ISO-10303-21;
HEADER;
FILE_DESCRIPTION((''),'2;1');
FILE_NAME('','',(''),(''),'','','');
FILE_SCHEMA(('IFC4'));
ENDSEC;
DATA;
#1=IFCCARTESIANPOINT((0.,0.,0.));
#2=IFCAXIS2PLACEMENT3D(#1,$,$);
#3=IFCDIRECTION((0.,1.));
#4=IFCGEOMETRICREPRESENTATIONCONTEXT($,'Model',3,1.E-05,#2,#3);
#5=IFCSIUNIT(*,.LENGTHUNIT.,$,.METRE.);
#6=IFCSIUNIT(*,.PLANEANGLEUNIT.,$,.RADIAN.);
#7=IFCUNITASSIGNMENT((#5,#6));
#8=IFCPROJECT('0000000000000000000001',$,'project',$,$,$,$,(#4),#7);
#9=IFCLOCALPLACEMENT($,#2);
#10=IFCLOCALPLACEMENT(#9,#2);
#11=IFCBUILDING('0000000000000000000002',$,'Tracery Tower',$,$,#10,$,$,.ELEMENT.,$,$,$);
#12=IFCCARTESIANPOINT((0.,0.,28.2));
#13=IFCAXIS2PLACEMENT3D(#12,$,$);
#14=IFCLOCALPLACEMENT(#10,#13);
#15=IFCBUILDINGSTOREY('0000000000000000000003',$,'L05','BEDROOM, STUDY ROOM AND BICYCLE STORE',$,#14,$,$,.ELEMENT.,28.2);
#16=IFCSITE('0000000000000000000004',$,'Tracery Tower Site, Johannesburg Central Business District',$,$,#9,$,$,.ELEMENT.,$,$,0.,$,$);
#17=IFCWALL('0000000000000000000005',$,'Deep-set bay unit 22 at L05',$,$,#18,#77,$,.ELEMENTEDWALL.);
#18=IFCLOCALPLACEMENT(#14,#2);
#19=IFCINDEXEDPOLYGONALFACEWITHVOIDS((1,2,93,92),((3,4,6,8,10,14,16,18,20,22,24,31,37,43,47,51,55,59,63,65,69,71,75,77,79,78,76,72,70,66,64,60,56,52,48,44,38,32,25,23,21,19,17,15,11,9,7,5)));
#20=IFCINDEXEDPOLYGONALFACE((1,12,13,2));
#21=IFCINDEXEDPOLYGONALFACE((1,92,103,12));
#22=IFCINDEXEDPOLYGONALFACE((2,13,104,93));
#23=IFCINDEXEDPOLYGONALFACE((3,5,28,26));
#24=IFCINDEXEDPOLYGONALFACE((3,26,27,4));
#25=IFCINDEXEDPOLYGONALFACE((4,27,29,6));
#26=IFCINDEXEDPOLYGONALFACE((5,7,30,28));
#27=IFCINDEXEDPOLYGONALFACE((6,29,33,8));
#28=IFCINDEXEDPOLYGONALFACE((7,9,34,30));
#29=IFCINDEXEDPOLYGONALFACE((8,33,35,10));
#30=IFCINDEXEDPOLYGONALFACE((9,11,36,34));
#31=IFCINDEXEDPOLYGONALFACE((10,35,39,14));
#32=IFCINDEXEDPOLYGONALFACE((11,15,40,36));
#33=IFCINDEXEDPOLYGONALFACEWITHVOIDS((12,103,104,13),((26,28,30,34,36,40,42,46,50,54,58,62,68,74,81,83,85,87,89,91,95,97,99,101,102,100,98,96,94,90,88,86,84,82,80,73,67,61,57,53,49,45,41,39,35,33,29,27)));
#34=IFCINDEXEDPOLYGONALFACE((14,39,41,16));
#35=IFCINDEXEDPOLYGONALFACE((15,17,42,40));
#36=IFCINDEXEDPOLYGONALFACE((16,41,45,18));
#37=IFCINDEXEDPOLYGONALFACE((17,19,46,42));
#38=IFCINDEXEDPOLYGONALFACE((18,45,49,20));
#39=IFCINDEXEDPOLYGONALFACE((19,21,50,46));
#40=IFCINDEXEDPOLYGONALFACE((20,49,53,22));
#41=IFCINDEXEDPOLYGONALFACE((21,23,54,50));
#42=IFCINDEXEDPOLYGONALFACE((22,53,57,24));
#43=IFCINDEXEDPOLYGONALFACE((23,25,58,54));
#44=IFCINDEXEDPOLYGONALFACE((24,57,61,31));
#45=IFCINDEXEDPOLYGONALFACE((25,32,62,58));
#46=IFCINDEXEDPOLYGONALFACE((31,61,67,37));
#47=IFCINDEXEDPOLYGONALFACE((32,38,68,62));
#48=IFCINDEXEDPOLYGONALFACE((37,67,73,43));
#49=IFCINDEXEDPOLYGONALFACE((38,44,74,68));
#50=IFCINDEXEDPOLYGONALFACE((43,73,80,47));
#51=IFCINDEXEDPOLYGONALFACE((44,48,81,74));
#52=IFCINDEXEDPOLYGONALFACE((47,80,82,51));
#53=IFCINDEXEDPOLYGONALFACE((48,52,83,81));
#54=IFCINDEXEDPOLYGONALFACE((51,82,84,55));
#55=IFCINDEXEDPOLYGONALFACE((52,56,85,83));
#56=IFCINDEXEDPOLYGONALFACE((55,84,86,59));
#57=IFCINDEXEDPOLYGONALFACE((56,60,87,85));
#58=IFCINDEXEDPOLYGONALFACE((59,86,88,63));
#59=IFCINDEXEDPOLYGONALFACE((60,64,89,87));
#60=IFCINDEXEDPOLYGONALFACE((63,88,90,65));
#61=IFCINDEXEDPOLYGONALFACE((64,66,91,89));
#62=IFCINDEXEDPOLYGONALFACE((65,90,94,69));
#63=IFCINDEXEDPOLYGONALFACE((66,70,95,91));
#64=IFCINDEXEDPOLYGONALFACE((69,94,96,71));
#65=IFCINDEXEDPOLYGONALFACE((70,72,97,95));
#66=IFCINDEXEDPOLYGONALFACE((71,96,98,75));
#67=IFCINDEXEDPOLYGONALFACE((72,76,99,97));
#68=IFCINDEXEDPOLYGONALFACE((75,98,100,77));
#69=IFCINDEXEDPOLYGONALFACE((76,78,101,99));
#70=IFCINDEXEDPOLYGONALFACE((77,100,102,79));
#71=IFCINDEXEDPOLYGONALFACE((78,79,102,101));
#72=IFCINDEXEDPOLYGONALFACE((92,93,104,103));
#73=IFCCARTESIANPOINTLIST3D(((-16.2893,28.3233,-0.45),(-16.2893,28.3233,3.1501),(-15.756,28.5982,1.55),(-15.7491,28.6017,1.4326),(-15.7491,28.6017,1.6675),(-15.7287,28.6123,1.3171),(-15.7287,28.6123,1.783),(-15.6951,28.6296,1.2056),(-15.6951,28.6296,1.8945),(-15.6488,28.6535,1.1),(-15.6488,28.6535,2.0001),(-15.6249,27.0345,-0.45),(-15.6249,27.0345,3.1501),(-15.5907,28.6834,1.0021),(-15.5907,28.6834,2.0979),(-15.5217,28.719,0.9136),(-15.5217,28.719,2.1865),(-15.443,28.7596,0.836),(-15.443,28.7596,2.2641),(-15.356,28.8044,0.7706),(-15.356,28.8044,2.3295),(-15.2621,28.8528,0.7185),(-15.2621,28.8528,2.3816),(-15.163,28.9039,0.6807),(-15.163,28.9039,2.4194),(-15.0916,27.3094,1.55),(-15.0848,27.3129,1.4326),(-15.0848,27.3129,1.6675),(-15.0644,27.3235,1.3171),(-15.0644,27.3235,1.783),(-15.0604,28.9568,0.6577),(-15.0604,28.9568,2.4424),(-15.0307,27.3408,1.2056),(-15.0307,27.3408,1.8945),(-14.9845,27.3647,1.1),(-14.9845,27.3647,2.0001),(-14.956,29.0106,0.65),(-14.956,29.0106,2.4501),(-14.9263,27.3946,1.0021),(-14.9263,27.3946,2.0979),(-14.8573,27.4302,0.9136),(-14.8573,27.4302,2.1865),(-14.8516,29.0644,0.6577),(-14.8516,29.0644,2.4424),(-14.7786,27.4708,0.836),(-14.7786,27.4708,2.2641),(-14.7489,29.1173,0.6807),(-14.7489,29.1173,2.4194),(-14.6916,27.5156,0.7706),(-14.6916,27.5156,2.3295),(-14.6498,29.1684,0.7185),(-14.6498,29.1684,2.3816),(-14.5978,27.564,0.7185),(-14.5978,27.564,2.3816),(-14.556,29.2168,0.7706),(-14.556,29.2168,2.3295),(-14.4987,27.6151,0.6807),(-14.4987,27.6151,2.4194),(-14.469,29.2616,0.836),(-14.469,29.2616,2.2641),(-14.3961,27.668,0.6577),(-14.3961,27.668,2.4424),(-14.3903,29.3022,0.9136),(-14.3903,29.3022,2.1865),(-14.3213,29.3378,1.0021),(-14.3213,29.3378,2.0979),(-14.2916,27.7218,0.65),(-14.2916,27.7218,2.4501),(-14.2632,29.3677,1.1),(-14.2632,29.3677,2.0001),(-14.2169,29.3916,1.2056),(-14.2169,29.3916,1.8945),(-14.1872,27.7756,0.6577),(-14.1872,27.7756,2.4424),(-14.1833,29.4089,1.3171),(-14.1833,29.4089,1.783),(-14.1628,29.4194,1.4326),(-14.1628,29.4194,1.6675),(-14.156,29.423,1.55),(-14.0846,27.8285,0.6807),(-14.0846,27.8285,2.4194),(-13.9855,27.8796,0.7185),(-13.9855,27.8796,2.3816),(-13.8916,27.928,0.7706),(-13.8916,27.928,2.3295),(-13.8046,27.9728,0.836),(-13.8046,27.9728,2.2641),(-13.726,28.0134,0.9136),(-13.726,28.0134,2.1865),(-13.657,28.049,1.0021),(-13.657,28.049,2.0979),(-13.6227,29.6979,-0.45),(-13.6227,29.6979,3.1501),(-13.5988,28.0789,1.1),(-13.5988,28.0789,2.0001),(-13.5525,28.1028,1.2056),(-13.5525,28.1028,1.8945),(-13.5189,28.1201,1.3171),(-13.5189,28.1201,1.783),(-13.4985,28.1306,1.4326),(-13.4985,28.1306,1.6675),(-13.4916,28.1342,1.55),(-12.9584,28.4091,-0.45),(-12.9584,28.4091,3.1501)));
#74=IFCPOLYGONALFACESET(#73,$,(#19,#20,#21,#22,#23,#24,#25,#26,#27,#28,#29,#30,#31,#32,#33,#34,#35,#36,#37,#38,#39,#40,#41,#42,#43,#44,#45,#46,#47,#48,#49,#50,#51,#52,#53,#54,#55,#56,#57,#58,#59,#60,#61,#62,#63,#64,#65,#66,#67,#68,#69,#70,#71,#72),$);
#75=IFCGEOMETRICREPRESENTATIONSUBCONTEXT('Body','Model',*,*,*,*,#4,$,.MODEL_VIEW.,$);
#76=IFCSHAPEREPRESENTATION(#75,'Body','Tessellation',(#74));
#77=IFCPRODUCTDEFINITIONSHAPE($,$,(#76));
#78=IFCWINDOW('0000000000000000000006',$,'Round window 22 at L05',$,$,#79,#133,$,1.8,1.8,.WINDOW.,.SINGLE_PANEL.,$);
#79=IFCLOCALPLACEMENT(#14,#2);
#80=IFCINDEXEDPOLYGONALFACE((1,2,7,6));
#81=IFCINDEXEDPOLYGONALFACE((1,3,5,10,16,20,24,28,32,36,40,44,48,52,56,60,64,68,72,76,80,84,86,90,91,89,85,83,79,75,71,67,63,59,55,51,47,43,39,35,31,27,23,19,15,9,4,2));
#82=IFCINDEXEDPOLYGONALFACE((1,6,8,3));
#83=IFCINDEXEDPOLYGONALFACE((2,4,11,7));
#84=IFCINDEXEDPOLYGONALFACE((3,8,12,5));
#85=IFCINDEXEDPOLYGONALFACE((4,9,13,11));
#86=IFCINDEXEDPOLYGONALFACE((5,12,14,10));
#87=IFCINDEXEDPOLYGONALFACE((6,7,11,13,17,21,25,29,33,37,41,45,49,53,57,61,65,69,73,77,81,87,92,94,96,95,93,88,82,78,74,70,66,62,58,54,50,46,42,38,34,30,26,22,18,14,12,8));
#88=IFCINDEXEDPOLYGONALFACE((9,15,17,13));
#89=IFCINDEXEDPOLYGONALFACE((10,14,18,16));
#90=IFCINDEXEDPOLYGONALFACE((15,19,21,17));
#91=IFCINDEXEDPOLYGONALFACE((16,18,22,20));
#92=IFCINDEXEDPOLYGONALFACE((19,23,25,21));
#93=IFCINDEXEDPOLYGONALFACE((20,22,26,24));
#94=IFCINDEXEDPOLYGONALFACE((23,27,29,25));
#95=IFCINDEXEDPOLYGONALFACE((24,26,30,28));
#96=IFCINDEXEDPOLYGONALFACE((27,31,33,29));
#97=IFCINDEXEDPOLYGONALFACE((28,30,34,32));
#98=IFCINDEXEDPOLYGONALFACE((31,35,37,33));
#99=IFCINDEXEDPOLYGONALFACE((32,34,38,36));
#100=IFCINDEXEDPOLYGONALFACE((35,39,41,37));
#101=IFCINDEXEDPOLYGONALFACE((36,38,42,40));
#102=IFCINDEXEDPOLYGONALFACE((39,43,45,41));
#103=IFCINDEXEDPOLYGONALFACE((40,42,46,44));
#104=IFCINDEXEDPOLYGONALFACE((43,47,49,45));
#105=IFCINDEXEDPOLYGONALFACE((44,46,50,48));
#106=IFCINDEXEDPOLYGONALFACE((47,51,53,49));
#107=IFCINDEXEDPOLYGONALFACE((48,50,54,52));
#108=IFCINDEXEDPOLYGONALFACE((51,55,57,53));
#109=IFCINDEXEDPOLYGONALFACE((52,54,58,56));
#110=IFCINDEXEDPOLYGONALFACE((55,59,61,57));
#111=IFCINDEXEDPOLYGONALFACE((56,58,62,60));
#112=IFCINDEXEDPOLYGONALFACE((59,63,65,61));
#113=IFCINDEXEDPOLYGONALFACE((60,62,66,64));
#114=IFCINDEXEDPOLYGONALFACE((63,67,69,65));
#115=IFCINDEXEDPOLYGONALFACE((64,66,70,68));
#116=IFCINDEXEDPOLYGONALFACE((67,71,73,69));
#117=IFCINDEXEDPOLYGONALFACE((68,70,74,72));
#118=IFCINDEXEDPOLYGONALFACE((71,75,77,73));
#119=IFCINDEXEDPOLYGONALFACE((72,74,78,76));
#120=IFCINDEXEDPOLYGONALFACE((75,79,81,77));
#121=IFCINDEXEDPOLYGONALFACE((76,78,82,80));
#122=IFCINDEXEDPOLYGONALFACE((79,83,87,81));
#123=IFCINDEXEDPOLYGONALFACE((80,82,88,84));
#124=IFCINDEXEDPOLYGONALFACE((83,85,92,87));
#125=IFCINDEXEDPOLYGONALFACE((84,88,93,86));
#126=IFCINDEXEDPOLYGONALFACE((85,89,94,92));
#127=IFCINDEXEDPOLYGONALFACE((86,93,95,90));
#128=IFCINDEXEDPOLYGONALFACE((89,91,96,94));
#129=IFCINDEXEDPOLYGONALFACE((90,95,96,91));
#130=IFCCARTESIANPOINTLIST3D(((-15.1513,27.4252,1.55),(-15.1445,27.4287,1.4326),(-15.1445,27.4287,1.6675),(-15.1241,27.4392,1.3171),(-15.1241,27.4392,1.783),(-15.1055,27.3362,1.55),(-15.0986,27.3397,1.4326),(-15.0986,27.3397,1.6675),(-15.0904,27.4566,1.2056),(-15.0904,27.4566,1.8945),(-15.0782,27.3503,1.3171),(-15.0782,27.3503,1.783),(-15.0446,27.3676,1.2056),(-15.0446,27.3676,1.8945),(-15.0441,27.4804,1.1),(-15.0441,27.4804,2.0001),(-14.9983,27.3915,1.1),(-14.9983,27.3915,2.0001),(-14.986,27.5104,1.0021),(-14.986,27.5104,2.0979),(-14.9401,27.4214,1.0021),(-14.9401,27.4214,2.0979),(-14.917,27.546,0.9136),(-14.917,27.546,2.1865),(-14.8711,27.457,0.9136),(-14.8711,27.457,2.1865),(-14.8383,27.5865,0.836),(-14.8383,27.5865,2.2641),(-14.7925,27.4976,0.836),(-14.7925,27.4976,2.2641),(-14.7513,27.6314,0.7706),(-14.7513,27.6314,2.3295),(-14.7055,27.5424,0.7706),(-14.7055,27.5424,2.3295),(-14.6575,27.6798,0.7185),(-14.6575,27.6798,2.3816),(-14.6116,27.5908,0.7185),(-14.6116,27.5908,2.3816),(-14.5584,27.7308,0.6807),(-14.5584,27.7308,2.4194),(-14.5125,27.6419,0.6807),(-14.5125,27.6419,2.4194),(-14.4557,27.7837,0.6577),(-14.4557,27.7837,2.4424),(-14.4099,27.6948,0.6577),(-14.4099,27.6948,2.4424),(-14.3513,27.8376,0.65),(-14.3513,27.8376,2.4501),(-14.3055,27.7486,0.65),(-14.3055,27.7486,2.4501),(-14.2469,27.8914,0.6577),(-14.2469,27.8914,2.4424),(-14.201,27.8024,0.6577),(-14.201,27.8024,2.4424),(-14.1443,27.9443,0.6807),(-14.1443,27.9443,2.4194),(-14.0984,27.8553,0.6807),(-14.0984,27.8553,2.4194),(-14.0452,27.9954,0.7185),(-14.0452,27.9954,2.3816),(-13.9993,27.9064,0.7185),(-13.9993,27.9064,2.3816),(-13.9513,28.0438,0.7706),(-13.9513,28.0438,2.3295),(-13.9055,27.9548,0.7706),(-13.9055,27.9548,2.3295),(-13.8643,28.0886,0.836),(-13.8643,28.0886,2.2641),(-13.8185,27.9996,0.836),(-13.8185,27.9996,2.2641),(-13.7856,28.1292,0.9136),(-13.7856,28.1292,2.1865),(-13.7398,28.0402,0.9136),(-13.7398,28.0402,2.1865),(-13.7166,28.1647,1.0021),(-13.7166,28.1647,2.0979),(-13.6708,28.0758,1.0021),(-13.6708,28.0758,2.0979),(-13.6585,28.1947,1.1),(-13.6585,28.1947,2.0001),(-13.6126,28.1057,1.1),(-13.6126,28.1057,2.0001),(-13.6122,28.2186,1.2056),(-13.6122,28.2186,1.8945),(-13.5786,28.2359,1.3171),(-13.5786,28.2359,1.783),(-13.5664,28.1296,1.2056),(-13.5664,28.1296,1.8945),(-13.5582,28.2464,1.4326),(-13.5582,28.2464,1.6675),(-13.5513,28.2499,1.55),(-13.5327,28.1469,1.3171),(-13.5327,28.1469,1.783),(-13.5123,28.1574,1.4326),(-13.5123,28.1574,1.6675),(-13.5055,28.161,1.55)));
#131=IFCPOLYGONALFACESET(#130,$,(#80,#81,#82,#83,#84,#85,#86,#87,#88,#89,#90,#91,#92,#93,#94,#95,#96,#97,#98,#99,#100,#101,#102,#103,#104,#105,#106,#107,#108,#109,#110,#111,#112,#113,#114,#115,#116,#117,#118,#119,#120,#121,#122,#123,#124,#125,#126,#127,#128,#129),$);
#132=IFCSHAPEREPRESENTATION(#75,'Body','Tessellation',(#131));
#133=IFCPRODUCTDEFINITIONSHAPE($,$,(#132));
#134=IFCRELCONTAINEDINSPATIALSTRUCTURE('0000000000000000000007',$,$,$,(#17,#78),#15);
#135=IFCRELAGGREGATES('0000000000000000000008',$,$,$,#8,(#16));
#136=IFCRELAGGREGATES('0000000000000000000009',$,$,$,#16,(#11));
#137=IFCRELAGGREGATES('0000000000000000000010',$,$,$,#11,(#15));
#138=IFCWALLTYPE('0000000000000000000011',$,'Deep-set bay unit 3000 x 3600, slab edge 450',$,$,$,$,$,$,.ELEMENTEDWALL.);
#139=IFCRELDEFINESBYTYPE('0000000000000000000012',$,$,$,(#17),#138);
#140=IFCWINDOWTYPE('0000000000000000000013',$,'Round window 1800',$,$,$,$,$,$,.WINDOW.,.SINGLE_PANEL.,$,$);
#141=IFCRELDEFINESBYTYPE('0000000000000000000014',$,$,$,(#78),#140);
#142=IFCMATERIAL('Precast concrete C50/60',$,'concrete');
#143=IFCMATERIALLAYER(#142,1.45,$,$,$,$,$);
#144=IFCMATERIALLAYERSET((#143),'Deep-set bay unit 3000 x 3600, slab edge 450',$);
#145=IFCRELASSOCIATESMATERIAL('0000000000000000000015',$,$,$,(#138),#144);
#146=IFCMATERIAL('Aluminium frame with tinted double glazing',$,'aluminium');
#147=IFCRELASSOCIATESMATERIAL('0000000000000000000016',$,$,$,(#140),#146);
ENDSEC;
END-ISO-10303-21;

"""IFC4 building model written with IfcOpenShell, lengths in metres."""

from ifc_helpers import new_model, si_unit, direction, frame, frame_2d, origin, origin_2d, place, context, subcontext, project, spatial, rectangle, circle, extrude, material, layer, layer_set, type_object, element, fill, save


model = new_model("IFC4")

# Units and contexts
model_context = context("Model", 3, precision=1e-05, world=origin(), true_north=direction((0.0, 1.0)))
body_context = subcontext(model_context, "Body", "Model", "MODEL_VIEW")
ifc_project = project(units=[si_unit("LENGTHUNIT", "METRE"), si_unit("PLANEANGLEUNIT", "RADIAN")], contexts=[model_context])

# Site, building, storey
site_placement = place(None, origin())
site = spatial("IfcSite", under=ifc_project, at=site_placement, Name="Tracery Tower Site, Johannesburg Central Business District", CompositionType="ELEMENT", RefElevation=0.0)
building_placement = place(site_placement, origin())
building = spatial("IfcBuilding", under=site, at=building_placement, Name="Tracery Tower", CompositionType="ELEMENT")
storey_placement = place(building_placement, frame((0.0, 0.0, 28.2)))
storey = spatial("IfcBuildingStorey", under=building, at=storey_placement, Name="L05", Description="BEDROOM, STUDY ROOM AND BICYCLE STORE", CompositionType="ELEMENT", Elevation=28.2)

# Wall, opening, window
ifc_material_1 = material(Name="Precast concrete C50/60", Category="concrete")
ifc_layer_1 = layer(ifc_material_1, 1.45)
ifc_layer_set_1 = layer_set([ifc_layer_1], Name="Deep-set bay unit 3000 x 3600, slab edge 450")
wall_type_1 = type_object("IfcWallType", Name="Deep-set bay unit 3000 x 3600, slab edge 450", PredefinedType="ELEMENTEDWALL", material=ifc_layer_set_1)
ifc_material_2 = material(Name="Aluminium frame with tinted double glazing", Category="aluminium")
window_type = type_object("IfcWindowType", Name="Round window 1800", PartitioningType="SINGLE_PANEL", PredefinedType="WINDOW", material=ifc_material_2)
wall_1_placement = place(storey_placement, frame((-13.2905, 29.0535, -0.45), z_axis=(0.0, 0.0, 1.0), x_axis=(-0.888858, -0.458183, 0.0)))
wall_1 = element("IfcWall", 1, at=wall_1_placement, inside=storey, type_object=wall_type_1, Name="Deep-set bay unit 22 at L05", PredefinedType="ELEMENTEDWALL", context=body_context, shape_type="SweptSolid", body=[
    extrude(rectangle(XDim=3.0, YDim=1.45, at=frame_2d((1.5, 0.0))), origin(), (0.0, 0.0, 1.0), 3.6001),
])
opening_1_placement = place(wall_1_placement, frame((1.5, 0.0, 2.0)))
opening_1 = element("IfcOpeningElement", 2, at=opening_1_placement, cuts=wall_1, PredefinedType="OPENING", context=body_context, shape_type="SweptSolid", body=[
    extrude(circle(Radius=0.9, at=origin_2d()), frame((0.0, 0.7349, 0.0), z_axis=(0.0, -1.0, 0.0), x_axis=(1.0, 0.0, 0.0)), (0.0, 0.0, 1.0), 1.47),
])
window_1_placement = place(opening_1_placement, origin())
window_1 = element("IfcWindow", 3, at=window_1_placement, inside=storey, type_object=window_type, Name="Round window 22 at L05", OverallHeight=1.8, OverallWidth=1.8, PartitioningType="SINGLE_PANEL", PredefinedType="WINDOW", context=body_context, shape_type="SweptSolid", body=[
    extrude(circle(Radius=0.9, at=origin_2d()), frame((0.0, 0.6948, 0.0), z_axis=(0.0, -1.0, 0.0), x_axis=(1.0, 0.0, 0.0)), (0.0, 0.0, 1.0), 0.1001),
])
fill(opening_1, window_1)

save(model, "model.ifc")
